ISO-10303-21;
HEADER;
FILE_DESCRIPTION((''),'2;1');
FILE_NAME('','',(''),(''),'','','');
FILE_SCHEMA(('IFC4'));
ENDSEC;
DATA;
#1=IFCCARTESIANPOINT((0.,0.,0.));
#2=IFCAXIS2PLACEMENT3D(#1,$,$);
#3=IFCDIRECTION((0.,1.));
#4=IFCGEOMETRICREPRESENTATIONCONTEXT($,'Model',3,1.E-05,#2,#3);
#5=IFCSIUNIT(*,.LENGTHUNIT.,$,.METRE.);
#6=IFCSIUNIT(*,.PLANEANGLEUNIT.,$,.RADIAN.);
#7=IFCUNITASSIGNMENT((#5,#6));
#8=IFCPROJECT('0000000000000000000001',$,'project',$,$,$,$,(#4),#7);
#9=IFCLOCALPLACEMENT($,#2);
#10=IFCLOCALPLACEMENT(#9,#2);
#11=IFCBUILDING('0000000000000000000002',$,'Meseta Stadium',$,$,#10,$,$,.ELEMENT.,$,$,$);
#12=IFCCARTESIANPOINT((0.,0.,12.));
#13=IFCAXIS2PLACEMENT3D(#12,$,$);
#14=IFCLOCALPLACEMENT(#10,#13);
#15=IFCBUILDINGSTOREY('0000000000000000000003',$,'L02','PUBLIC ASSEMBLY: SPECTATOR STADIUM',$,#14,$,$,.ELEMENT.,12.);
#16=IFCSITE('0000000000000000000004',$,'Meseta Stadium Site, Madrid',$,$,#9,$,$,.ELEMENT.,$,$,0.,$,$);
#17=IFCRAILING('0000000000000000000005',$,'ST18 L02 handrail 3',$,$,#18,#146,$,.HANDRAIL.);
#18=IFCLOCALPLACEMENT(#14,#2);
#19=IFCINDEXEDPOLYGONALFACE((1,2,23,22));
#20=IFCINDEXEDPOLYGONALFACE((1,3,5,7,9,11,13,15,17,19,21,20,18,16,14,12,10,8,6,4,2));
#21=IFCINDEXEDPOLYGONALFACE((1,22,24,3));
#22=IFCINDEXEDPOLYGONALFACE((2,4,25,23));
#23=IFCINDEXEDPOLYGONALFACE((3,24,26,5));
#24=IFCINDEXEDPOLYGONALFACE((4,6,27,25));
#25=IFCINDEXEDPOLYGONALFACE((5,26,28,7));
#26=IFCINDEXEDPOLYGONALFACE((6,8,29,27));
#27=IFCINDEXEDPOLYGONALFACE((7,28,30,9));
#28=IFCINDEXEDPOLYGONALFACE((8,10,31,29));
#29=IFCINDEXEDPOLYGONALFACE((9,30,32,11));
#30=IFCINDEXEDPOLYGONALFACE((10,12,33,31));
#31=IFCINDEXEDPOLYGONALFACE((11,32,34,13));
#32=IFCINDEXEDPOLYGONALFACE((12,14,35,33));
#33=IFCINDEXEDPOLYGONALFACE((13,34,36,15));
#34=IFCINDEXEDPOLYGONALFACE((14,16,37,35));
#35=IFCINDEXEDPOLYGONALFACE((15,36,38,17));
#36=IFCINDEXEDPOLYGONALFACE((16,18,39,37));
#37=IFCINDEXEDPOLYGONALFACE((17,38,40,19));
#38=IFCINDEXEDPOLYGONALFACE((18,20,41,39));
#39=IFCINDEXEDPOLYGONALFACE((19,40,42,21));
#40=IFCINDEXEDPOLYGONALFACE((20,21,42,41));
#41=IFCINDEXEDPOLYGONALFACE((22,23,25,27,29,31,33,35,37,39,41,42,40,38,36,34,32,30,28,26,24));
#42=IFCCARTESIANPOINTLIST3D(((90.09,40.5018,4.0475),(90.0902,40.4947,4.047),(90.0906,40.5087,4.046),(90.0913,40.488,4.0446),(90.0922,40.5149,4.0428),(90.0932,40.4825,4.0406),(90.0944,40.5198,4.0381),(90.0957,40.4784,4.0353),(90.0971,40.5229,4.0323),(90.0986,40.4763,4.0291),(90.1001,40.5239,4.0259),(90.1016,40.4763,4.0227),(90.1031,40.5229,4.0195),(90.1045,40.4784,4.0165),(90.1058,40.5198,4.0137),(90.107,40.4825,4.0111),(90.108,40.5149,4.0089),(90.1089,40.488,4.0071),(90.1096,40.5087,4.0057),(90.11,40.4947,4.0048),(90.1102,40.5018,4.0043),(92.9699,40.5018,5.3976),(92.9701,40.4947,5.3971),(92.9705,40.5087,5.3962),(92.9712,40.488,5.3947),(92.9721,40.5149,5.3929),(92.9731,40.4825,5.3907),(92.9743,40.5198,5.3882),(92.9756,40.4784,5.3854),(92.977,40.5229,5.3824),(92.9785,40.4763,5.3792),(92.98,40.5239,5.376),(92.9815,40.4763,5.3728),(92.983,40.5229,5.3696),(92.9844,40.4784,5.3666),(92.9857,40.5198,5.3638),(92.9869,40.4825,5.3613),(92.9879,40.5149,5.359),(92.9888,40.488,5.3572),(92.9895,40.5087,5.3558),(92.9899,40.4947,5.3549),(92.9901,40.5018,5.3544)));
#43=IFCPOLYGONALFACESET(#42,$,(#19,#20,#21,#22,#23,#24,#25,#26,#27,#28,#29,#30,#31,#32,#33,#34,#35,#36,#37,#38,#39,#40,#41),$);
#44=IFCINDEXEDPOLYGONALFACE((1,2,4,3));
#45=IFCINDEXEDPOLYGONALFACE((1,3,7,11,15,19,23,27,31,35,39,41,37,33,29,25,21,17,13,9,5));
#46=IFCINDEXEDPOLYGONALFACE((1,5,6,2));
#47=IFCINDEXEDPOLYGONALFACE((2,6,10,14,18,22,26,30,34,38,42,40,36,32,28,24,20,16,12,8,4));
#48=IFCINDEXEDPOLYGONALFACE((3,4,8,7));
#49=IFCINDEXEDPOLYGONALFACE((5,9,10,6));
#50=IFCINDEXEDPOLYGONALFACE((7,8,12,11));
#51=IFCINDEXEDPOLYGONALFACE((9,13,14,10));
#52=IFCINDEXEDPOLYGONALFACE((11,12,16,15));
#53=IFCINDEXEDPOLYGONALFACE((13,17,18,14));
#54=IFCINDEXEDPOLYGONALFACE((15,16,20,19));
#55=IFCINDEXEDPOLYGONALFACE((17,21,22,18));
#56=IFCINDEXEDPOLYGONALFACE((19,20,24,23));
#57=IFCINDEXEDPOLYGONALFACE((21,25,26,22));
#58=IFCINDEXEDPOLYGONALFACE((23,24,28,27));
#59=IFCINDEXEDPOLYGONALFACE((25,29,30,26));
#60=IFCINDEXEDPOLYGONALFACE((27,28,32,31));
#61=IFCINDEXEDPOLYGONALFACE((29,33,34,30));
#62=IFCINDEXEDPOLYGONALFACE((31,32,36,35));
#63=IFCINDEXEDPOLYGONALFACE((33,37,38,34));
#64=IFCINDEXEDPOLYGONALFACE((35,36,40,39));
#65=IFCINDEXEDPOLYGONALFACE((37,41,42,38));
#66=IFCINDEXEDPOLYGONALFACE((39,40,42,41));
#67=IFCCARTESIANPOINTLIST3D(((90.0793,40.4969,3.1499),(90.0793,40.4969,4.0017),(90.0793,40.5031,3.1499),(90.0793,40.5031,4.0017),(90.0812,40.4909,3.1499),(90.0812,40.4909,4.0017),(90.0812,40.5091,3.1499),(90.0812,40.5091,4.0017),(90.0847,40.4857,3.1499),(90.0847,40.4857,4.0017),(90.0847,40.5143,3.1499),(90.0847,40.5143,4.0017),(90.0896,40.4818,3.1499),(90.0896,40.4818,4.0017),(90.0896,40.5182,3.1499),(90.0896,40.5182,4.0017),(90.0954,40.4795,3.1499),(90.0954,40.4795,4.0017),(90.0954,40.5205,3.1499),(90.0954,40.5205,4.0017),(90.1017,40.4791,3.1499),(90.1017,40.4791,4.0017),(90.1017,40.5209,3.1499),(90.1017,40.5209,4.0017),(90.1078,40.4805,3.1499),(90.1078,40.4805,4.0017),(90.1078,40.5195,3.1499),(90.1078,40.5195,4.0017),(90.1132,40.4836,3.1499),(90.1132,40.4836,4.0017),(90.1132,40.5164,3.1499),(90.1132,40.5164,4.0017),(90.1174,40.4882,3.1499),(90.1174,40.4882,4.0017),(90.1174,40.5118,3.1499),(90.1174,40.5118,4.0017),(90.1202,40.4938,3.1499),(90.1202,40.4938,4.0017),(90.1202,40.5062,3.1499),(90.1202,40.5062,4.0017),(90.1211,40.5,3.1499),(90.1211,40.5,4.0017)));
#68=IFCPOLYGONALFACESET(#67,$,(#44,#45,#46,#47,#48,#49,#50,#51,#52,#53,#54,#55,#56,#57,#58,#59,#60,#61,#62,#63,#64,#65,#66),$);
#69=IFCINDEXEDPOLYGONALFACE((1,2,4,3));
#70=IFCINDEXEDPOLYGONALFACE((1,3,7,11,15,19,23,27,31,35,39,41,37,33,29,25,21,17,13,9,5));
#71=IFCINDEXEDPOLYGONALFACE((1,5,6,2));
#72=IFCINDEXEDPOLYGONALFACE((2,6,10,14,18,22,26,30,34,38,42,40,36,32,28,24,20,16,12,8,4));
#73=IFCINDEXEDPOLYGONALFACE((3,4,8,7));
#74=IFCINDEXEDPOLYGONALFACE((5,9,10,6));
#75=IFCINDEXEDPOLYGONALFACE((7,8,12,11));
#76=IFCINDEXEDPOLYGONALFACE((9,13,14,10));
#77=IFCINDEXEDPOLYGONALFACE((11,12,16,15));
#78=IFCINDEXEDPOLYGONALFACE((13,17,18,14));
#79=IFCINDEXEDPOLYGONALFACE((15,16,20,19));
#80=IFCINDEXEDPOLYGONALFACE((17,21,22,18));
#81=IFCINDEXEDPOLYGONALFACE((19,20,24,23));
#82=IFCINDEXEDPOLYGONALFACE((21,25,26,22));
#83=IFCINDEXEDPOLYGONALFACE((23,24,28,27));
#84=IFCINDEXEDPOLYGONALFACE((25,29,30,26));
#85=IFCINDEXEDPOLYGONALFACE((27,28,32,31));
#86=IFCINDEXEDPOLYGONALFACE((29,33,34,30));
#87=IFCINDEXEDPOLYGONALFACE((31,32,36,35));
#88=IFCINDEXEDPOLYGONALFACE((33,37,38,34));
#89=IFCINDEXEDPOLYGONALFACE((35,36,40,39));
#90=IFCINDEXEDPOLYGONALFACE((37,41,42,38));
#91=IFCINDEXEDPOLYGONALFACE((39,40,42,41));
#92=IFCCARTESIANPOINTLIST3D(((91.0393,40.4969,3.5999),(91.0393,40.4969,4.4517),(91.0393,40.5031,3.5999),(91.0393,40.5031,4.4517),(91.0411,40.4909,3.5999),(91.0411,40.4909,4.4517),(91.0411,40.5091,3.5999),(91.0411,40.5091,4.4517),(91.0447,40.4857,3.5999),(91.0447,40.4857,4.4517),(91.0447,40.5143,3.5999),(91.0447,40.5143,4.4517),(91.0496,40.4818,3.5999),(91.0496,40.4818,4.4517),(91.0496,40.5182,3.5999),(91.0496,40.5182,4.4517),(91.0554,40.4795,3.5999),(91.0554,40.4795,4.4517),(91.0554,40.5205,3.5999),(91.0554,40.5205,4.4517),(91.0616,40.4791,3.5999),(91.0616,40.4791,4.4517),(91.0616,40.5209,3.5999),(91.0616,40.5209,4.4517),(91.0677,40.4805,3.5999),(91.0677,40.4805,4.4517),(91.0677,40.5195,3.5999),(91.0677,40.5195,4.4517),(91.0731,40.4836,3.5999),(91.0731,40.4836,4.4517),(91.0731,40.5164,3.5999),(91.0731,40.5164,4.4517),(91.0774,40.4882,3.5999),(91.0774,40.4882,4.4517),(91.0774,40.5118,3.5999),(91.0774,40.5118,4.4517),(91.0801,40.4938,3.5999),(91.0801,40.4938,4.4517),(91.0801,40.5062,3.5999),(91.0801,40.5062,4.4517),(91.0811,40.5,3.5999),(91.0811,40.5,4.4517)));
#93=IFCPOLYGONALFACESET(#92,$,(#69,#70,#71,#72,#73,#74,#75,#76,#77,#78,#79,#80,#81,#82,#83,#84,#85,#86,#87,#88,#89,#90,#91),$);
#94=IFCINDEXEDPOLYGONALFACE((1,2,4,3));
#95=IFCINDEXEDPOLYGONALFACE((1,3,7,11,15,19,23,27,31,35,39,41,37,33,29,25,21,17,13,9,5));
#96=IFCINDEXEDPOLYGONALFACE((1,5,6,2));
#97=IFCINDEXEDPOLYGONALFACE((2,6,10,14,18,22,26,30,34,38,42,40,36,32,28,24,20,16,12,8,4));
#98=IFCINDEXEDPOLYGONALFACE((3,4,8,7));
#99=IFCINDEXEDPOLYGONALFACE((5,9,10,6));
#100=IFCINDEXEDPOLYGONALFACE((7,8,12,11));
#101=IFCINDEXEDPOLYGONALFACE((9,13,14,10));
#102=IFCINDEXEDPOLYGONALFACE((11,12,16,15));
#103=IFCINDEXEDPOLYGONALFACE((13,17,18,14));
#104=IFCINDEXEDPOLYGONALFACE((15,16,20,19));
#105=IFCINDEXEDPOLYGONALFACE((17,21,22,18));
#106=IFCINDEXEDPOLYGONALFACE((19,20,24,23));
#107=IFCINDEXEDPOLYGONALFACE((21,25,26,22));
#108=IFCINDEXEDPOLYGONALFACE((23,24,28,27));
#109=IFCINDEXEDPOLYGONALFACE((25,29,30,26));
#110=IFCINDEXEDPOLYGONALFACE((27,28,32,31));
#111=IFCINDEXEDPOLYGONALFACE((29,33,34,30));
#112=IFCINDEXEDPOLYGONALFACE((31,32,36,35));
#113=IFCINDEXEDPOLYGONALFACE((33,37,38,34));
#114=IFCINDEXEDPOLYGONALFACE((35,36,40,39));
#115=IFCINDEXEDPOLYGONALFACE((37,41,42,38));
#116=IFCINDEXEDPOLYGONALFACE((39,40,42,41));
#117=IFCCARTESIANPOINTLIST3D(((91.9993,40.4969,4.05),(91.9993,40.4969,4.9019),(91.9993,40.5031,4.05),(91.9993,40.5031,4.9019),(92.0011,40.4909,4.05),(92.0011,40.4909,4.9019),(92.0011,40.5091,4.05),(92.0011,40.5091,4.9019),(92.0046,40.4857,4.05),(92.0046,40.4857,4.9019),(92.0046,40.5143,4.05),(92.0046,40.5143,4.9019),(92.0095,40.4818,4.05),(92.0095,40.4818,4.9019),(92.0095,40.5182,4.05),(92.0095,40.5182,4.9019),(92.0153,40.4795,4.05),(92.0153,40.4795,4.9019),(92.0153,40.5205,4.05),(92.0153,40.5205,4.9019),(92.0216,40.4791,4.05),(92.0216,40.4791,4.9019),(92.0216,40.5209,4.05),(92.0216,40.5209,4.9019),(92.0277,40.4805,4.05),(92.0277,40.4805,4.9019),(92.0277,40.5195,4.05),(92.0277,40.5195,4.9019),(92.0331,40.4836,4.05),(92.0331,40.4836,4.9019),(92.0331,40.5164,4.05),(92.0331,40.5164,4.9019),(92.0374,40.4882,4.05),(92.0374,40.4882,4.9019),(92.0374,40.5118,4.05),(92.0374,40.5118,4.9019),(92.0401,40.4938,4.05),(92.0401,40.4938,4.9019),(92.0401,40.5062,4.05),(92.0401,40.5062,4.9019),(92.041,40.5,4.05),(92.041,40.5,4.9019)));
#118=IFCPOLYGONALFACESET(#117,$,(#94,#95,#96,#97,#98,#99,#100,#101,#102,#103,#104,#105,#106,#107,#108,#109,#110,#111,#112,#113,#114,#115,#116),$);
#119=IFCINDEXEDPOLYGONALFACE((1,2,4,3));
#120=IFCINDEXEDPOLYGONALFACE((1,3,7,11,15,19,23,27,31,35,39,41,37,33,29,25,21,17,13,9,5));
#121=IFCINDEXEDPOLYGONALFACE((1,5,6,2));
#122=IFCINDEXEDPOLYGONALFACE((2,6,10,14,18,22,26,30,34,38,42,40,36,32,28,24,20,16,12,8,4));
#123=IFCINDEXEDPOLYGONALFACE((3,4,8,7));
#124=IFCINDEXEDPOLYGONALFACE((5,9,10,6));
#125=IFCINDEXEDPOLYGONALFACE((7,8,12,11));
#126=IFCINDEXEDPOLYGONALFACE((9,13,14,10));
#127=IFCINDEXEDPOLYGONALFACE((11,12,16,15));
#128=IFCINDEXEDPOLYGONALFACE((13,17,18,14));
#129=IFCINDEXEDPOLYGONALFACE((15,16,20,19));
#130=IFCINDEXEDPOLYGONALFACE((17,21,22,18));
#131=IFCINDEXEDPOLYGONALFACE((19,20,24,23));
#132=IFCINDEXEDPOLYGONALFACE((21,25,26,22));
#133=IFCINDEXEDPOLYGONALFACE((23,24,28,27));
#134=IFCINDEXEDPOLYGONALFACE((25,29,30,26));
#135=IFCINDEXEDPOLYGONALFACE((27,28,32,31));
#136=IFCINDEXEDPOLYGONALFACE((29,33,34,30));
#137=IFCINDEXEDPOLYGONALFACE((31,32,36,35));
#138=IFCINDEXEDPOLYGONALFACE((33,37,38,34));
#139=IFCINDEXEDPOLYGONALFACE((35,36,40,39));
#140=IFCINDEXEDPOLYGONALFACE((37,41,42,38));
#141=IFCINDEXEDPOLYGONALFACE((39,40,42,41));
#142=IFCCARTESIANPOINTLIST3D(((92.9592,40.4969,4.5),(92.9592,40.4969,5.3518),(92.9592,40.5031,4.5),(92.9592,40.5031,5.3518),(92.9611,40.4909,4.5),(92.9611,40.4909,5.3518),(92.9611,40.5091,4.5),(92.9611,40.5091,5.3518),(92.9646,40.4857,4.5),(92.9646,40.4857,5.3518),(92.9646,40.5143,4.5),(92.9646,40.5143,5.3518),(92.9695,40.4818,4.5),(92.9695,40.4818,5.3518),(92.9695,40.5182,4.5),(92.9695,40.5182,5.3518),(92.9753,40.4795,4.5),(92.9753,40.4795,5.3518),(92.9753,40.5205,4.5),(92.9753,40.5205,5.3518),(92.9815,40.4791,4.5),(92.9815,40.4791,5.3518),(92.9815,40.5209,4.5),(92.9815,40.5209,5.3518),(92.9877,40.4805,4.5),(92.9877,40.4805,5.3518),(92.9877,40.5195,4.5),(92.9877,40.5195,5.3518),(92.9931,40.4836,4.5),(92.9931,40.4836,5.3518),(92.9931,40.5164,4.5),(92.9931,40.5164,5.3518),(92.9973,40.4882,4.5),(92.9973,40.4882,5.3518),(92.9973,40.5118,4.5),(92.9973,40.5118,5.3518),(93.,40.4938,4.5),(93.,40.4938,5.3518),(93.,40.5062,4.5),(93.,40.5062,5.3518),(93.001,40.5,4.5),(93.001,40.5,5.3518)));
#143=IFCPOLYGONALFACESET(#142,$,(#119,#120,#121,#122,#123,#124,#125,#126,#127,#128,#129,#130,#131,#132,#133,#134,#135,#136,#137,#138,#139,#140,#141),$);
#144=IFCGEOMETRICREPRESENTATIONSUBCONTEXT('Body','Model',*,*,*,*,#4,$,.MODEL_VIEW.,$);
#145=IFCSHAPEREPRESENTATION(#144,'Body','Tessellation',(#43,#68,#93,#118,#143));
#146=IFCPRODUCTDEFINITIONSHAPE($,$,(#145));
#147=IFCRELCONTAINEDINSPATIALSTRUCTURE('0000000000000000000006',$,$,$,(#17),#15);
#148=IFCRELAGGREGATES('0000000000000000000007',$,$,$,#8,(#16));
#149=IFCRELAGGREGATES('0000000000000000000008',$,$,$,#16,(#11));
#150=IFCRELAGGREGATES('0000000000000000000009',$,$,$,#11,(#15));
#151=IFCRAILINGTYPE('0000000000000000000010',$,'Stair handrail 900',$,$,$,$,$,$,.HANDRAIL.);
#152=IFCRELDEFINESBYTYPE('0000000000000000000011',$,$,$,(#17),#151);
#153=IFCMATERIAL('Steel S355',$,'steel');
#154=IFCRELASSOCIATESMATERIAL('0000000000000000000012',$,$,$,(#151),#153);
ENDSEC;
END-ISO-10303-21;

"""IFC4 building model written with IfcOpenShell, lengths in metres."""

from ifc_helpers import new_model, si_unit, direction, frame, origin, origin_2d, place, context, subcontext, project, spatial, circle, extrude, material, type_object, element, save


model = new_model("IFC4")

# Units and contexts
model_context = context("Model", 3, precision=1e-05, world=origin(), true_north=direction((0.0, 1.0)))
body_context = subcontext(model_context, "Body", "Model", "MODEL_VIEW")
ifc_project = project(units=[si_unit("LENGTHUNIT", "METRE"), si_unit("PLANEANGLEUNIT", "RADIAN")], contexts=[model_context])

# Site, building, storey
site_placement = place(None, origin())
site = spatial("IfcSite", under=ifc_project, at=site_placement, Name="Meseta Stadium Site, Madrid", CompositionType="ELEMENT", RefElevation=0.0)
building_placement = place(site_placement, origin())
building = spatial("IfcBuilding", under=site, at=building_placement, Name="Meseta Stadium", CompositionType="ELEMENT")
storey_placement = place(building_placement, frame((0.0, 0.0, 12.0)))
storey = spatial("IfcBuildingStorey", under=building, at=storey_placement, Name="L02", Description="PUBLIC ASSEMBLY: SPECTATOR STADIUM", CompositionType="ELEMENT", Elevation=12.0)

# Railing
ifc_material_1 = material(Name="Steel S355", Category="steel")
railing_type_1 = type_object("IfcRailingType", Name="Stair handrail 900", PredefinedType="HANDRAIL", material=ifc_material_1)
for number, where, name in (
    (1, (90.1001, 40.5, 3.1499), "ST18 L02 handrail 3"),
):
    element("IfcRailing", number, at=place(storey_placement, frame(where)), inside=storey, type_object=railing_type_1, Name=name, PredefinedType="HANDRAIL", context=body_context, shape_type="SweptSolid", body=[
        extrude(circle(Radius=0.0239, at=origin_2d()), frame((0.0, 0.0, 0.876), z_axis=(0.90544, 0.0, 0.424473), x_axis=(0.0, 1.0, 0.0)), (0.0, 0.0, 1.0), 3.1807),
        extrude(circle(Radius=0.021, at=origin_2d()), origin(), (0.0, 0.0, 1.0), 0.8518),
        extrude(circle(Radius=0.021, at=origin_2d()), frame((0.96, 0.0, 0.45)), (0.0, 0.0, 1.0), 0.8518),
        extrude(circle(Radius=0.021, at=origin_2d()), frame((1.9199, 0.0, 0.9001)), (0.0, 0.0, 1.0), 0.8518),
        extrude(circle(Radius=0.021, at=origin_2d()), frame((2.8799, 0.0, 1.3501)), (0.0, 0.0, 1.0), 0.8518),
    ])

save(model, "model.ifc")
